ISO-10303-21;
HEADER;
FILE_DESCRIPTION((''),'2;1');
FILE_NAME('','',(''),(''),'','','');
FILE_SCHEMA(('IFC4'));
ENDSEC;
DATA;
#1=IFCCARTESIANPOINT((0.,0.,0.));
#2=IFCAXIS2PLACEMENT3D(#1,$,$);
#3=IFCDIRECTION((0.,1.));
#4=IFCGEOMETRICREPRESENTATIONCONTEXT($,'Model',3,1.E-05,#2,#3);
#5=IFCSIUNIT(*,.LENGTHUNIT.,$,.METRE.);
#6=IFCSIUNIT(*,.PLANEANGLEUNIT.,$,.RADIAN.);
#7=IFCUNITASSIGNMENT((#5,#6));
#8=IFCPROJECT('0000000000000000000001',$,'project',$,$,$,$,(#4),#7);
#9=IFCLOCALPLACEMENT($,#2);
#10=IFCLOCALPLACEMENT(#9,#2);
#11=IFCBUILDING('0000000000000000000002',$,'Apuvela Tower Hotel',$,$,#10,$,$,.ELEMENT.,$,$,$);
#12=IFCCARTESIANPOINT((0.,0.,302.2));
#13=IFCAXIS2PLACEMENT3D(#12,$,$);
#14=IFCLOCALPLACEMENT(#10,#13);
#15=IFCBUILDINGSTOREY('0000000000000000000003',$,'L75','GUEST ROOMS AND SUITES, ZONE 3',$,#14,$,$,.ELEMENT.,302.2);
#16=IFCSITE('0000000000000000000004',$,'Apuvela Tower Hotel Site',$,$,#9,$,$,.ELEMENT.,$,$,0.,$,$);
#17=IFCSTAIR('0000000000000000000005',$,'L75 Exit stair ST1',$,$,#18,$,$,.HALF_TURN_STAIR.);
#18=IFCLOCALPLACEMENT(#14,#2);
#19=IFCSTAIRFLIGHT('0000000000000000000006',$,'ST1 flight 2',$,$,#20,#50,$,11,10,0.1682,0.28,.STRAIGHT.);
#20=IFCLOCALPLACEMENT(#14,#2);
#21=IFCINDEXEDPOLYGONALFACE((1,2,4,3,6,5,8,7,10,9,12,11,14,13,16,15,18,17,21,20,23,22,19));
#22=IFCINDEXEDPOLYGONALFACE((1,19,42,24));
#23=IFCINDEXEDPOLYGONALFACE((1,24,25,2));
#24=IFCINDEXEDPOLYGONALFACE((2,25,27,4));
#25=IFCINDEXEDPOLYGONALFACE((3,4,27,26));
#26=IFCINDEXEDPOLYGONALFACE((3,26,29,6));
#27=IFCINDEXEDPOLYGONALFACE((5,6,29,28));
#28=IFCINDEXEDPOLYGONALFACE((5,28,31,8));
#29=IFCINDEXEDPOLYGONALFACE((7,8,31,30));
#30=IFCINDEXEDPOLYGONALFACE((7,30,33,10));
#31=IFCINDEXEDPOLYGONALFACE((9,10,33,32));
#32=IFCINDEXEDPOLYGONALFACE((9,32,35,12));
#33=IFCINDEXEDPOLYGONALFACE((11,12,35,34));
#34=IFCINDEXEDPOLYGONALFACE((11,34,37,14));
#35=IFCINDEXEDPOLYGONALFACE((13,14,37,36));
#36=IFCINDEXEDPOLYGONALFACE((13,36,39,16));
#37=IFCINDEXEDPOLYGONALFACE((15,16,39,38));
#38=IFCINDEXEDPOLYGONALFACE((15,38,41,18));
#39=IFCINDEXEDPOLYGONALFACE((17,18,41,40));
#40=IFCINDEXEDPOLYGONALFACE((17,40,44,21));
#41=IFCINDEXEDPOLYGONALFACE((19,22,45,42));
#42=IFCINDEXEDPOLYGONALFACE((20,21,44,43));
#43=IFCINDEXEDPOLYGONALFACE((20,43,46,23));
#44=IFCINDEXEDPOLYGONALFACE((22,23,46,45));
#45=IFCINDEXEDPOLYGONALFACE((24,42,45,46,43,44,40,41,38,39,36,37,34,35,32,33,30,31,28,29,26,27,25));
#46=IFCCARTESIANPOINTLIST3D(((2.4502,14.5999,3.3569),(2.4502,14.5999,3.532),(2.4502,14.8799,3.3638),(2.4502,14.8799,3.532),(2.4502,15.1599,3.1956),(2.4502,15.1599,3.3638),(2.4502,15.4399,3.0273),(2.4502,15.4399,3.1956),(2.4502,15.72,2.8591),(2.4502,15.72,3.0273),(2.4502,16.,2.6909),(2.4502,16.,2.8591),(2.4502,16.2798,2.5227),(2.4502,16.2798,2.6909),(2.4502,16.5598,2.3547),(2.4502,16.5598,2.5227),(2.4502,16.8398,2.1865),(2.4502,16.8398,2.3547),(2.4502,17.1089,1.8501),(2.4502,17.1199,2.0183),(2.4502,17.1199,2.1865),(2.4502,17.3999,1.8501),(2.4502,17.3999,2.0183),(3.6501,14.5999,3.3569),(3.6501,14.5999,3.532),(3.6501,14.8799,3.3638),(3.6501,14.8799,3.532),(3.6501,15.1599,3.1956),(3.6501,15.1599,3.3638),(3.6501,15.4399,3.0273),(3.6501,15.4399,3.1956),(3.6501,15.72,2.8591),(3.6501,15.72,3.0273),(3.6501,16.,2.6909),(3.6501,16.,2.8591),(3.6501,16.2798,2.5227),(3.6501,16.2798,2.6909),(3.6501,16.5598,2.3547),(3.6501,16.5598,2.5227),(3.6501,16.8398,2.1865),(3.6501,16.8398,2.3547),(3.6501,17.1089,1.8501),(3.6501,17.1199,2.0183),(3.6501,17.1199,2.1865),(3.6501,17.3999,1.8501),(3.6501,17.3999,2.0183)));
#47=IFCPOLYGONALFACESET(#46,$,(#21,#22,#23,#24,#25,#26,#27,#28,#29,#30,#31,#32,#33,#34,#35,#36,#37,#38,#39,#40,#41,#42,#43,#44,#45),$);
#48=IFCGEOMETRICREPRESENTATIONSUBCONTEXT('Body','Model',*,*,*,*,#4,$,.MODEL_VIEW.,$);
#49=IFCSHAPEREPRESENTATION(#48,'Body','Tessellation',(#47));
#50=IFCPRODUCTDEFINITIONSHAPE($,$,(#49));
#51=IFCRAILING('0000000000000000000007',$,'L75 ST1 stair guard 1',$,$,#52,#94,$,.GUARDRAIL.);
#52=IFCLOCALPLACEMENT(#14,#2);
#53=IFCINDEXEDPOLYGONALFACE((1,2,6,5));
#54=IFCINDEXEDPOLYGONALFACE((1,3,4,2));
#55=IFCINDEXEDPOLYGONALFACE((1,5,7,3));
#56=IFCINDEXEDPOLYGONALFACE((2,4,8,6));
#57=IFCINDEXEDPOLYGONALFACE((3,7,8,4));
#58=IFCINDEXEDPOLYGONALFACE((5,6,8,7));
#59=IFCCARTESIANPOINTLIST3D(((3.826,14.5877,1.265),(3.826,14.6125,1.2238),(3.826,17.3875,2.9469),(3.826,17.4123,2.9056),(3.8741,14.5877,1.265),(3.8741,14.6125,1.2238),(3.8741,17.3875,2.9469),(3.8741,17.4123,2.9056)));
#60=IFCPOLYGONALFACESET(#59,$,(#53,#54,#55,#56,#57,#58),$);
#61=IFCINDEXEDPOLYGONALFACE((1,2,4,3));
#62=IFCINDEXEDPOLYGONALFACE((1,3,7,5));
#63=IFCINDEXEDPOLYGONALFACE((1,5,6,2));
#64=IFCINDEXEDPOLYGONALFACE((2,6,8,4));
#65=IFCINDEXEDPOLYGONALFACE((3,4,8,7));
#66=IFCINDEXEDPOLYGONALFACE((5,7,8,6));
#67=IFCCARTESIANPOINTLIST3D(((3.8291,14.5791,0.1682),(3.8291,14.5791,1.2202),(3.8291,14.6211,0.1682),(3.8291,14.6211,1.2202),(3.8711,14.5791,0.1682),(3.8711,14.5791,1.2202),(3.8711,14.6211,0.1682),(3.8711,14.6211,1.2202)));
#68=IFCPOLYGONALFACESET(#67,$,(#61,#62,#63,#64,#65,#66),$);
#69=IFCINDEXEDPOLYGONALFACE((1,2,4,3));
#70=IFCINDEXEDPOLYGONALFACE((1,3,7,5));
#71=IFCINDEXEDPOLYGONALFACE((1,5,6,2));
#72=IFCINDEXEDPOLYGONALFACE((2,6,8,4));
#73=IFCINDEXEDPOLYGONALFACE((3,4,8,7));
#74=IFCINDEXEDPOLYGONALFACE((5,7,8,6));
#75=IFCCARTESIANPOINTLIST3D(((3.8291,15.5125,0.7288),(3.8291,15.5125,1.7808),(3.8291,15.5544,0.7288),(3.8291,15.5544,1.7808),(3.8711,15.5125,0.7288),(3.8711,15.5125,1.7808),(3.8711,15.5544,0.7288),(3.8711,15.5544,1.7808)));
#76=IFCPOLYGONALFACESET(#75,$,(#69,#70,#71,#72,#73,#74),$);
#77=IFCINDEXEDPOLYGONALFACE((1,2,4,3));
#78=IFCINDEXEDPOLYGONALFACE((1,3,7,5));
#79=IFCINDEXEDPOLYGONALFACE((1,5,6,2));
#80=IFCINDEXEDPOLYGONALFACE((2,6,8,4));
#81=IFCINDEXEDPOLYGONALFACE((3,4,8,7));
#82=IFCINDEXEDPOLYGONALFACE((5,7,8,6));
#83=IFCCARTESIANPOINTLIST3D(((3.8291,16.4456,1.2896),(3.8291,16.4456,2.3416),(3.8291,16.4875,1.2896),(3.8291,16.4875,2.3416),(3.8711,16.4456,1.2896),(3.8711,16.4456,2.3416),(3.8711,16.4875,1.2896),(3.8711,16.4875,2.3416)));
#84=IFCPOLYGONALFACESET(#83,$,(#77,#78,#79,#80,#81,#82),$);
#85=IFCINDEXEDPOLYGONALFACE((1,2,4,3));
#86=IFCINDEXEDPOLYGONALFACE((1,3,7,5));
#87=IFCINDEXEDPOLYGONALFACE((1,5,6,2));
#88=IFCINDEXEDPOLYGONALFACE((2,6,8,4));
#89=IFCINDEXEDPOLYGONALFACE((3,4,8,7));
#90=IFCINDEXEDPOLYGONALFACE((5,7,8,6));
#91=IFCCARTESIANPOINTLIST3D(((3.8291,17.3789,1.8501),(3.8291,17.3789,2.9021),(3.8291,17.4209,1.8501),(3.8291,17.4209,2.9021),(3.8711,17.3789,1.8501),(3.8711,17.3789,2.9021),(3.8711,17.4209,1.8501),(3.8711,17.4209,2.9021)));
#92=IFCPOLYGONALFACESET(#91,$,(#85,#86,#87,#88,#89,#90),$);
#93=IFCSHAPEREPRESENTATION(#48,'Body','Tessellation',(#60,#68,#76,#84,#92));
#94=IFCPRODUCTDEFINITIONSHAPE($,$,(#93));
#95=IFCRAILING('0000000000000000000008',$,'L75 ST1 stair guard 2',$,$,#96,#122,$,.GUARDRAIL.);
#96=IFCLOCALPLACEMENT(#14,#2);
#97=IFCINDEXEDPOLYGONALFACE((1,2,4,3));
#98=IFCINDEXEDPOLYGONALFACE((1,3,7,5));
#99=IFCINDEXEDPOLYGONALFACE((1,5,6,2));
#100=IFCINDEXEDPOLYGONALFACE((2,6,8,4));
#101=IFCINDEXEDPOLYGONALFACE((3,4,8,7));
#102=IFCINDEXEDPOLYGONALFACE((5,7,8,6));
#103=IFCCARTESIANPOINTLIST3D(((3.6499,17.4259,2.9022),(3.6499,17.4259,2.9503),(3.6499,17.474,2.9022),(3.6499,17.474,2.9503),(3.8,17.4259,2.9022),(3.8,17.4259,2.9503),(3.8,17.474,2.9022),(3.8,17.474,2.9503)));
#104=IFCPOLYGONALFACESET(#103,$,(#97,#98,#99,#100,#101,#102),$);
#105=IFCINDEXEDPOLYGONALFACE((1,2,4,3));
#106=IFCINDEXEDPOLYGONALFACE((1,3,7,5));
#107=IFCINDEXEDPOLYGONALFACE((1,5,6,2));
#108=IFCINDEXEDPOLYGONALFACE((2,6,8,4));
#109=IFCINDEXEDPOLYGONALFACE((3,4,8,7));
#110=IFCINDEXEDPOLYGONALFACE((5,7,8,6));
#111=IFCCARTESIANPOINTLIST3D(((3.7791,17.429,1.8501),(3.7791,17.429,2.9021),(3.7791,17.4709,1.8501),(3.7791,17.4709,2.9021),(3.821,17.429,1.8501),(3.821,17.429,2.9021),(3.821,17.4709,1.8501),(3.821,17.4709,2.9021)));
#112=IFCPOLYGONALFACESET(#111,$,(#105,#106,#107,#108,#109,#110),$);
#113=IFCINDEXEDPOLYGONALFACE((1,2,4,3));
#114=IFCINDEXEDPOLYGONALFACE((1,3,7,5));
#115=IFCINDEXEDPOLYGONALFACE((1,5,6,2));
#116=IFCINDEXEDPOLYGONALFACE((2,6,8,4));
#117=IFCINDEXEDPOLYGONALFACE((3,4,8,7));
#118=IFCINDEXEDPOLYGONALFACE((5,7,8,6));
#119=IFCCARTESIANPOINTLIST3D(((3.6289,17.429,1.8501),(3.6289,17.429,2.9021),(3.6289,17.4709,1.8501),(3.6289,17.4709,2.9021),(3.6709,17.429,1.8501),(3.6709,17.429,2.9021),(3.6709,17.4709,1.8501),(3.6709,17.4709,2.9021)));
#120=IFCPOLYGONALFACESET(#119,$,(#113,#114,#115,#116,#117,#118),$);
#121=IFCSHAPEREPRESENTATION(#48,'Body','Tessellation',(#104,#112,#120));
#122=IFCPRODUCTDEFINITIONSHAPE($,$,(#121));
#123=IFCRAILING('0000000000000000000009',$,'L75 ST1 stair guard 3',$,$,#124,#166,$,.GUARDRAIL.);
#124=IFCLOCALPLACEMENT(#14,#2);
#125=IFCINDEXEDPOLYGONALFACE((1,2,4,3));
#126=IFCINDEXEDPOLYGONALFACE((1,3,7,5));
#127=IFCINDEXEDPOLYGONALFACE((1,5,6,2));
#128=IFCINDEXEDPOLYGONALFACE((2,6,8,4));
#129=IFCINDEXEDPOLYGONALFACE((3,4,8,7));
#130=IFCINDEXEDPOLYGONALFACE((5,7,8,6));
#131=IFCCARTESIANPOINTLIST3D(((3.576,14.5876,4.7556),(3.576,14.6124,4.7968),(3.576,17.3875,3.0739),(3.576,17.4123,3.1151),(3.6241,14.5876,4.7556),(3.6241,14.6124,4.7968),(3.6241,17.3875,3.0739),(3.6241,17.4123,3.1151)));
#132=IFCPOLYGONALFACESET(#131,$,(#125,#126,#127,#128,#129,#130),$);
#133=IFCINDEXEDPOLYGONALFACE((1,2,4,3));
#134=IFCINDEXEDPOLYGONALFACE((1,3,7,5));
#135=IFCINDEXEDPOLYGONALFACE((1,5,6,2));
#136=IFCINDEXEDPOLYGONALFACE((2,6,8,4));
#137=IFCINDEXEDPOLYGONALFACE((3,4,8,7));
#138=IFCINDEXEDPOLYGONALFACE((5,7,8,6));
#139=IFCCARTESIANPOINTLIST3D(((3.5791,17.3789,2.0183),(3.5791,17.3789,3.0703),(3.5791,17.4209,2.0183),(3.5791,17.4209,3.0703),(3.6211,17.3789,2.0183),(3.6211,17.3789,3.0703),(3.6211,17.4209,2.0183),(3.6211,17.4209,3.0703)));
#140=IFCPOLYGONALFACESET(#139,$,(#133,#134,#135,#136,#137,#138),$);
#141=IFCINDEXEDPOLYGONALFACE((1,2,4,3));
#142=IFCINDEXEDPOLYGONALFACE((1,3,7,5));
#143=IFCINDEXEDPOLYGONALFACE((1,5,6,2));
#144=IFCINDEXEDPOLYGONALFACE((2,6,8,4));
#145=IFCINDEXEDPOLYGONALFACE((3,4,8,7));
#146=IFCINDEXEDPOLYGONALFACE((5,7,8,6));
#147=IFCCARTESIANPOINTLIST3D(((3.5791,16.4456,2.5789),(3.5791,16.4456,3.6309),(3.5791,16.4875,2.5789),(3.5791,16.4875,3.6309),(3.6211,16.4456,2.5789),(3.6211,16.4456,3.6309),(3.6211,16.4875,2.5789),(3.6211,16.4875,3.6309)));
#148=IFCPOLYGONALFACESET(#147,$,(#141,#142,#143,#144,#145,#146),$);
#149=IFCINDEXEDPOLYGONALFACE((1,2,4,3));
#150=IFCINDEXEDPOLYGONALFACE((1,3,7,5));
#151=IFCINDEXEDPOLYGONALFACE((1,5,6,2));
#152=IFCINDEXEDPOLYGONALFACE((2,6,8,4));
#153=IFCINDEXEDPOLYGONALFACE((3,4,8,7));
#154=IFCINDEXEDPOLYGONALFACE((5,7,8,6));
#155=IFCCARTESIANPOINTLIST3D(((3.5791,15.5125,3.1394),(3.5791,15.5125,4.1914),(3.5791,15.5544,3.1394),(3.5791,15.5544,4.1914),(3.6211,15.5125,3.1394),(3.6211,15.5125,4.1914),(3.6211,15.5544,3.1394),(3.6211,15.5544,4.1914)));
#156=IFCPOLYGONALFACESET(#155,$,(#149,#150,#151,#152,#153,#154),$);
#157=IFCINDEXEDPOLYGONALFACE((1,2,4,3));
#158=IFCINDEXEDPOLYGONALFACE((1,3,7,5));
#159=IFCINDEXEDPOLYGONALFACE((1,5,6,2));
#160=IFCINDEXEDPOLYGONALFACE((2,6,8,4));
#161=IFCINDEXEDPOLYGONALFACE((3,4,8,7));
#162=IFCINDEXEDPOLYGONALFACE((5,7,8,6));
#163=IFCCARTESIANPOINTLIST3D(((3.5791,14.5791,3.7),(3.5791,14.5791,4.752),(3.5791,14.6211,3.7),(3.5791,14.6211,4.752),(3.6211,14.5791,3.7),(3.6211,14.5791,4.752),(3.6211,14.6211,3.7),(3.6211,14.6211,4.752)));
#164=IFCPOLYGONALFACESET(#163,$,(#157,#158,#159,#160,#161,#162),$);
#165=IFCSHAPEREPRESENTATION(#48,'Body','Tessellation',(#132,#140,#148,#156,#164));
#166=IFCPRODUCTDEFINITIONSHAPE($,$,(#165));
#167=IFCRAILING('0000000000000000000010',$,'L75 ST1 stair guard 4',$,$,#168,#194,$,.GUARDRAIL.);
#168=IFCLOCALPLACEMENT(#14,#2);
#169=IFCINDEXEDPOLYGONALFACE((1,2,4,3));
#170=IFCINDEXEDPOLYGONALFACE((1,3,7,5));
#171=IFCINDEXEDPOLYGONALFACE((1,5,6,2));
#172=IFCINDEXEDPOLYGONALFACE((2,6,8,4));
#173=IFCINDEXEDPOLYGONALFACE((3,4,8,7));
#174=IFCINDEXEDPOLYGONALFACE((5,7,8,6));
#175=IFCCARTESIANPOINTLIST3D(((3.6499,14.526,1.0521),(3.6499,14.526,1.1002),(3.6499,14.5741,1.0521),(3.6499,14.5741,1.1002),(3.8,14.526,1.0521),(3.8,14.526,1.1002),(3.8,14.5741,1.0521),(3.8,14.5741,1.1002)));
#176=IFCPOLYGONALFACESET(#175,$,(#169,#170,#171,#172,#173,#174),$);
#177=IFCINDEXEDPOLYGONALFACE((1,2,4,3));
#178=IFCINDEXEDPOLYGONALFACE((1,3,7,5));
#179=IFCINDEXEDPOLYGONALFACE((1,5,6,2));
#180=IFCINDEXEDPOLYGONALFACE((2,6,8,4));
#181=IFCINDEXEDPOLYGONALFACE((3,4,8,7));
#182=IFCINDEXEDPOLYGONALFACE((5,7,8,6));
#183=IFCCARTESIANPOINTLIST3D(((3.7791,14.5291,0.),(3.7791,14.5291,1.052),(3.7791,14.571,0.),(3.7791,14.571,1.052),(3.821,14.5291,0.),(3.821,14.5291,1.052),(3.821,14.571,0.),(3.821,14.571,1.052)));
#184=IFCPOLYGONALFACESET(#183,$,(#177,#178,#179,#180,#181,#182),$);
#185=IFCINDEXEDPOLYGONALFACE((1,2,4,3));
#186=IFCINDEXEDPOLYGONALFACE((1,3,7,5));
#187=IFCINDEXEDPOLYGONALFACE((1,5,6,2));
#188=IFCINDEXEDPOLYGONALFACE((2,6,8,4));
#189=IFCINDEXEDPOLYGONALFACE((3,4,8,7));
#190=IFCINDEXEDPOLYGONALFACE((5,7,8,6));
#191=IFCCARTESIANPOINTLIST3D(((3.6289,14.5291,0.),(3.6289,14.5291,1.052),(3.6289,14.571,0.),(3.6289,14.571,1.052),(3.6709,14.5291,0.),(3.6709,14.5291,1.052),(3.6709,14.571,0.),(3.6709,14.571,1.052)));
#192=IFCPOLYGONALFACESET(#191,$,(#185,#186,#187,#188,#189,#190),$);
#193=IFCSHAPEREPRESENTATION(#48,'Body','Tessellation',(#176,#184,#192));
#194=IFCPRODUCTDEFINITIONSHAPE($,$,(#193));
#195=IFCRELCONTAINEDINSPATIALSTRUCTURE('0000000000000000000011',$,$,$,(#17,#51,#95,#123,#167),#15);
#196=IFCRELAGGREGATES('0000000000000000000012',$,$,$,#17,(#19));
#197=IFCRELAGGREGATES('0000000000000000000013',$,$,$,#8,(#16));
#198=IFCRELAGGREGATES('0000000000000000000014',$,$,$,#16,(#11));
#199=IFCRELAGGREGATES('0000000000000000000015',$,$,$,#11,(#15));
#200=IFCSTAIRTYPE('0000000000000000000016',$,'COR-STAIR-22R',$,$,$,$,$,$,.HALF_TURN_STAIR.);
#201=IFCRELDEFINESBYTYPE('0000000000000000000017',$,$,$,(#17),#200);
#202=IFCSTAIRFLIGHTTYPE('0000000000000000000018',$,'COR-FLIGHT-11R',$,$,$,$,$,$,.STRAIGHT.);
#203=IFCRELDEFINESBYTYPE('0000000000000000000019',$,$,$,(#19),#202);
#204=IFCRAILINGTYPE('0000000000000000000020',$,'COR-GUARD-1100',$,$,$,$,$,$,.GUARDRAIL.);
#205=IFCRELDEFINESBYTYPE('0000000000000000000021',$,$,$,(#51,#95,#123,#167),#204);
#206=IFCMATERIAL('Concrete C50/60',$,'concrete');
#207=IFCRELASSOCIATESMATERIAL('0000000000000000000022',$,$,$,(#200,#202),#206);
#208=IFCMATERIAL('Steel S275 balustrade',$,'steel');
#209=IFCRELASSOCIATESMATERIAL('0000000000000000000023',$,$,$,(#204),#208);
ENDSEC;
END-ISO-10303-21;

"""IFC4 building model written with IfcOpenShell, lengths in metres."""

from ifc_helpers import new_model, si_unit, direction, frame, origin, origin_2d, place, context, subcontext, project, spatial, polyline, rectangle, outline, extrude, material, type_object, element, aggregate, save


model = new_model("IFC4")

# Units and contexts
model_context = context("Model", 3, precision=1e-05, world=origin(), true_north=direction((0.0, 1.0)))
body_context = subcontext(model_context, "Body", "Model", "MODEL_VIEW")
ifc_project = project(units=[si_unit("LENGTHUNIT", "METRE"), si_unit("PLANEANGLEUNIT", "RADIAN")], contexts=[model_context])

# Site, building, storey
site_placement = place(None, origin())
site = spatial("IfcSite", under=ifc_project, at=site_placement, Name="Apuvela Tower Hotel Site", CompositionType="ELEMENT", RefElevation=0.0)
building_placement = place(site_placement, origin())
building = spatial("IfcBuilding", under=site, at=building_placement, Name="Apuvela Tower Hotel", CompositionType="ELEMENT")
storey_placement = place(building_placement, frame((0.0, 0.0, 302.2)))
storey = spatial("IfcBuildingStorey", under=building, at=storey_placement, Name="L75", Description="GUEST ROOMS AND SUITES, ZONE 3", CompositionType="ELEMENT", Elevation=302.2)

# Shared definitions
ifc_material_1 = material(Name="Concrete C50/60", Category="concrete")

# Stair, stair flight
stair_type = type_object("IfcStairType", Name="COR-STAIR-22R", PredefinedType="HALF_TURN_STAIR", material=ifc_material_1)
stair_placement = place(storey_placement, origin())
stair = element("IfcStair", 1, at=stair_placement, inside=storey, type_object=stair_type, Name="L75 Exit stair ST1", PredefinedType="HALF_TURN_STAIR")
stair_flight_type = type_object("IfcStairFlightType", Name="COR-FLIGHT-11R", PredefinedType="STRAIGHT", material=ifc_material_1)
stair_flight_1_placement = place(storey_placement, frame((3.05, 17.3999, 1.8501), z_axis=(0.0, 0.0, 1.0), x_axis=(0.0, -1.0, 0.0)))
stair_flight_1 = element("IfcStairFlight", 2, at=stair_flight_1_placement, type_object=stair_flight_type, Name="ST1 flight 2", NumberOfRisers=11, NumberOfTreads=10, PredefinedType="STRAIGHT", RiserHeight=0.1682, TreadLength=0.28, context=body_context, shape_type="SweptSolid", body=[
    extrude(outline(polyline([(0.0, 0.0), (0.0, 0.1682), (0.28, 0.1682), (0.28, 0.3364), (0.5601, 0.3364), (0.5601, 0.5046), (0.8401, 0.5046), (0.8401, 0.6726), (1.1201, 0.6726), (1.1201, 0.8408), (1.3999, 0.8408), (1.3999, 1.009), (1.6799, 1.009), (1.6799, 1.1772), (1.96, 1.1772), (1.96, 1.3455), (2.24, 1.3455), (2.24, 1.5137), (2.52, 1.5137), (2.52, 1.6819), (2.8, 1.6819), (2.8, 1.8501), (2.8, 1.5068), (0.291, 0.0), (0.0, 0.0)])), frame((0.0, 0.6001, 0.0), z_axis=(0.0, -1.0, 0.0), x_axis=(1.0, 0.0, 0.0)), (0.0, 0.0, 1.0), 1.2),
])
aggregate(stair, [stair_flight_1])

# Railings
ifc_material_2 = material(Name="Steel S275 balustrade", Category="steel")
railing_type_1 = type_object("IfcRailingType", Name="COR-GUARD-1100", PredefinedType="GUARDRAIL", material=ifc_material_2)
railing_1_placement = place(storey_placement, frame((3.8501, 14.6001, 0.1682)))
element("IfcRailing", 3, at=railing_1_placement, inside=storey, type_object=railing_type_1, Name="L75 ST1 stair guard 1", PredefinedType="GUARDRAIL", context=body_context, shape_type="SweptSolid", body=[
    extrude(rectangle(XDim=0.0481, YDim=0.0481, at=origin_2d()), frame((0.0, 0.0, 1.0762), z_axis=(0.0, 0.857222, 0.514946), x_axis=(-1.0, 0.0, 0.0)), (0.0, 0.0, 1.0), 3.2661),
    extrude(rectangle(XDim=0.042, YDim=0.042, at=origin_2d()), origin(), (0.0, 0.0, 1.0), 1.052),
    extrude(rectangle(XDim=0.042, YDim=0.042, at=origin_2d()), frame((0.0, 0.9333, 0.5605)), (0.0, 0.0, 1.0), 1.052),
    extrude(rectangle(XDim=0.042, YDim=0.042, at=origin_2d()), frame((0.0, 1.8665, 1.1213)), (0.0, 0.0, 1.0), 1.052),
    extrude(rectangle(XDim=0.042, YDim=0.042, at=origin_2d()), frame((0.0, 2.7998, 1.6819)), (0.0, 0.0, 1.0), 1.052),
])
railing_2_placement = place(storey_placement, frame((3.8, 17.45, 1.8501)))
element("IfcRailing", 4, at=railing_2_placement, inside=storey, type_object=railing_type_1, Name="L75 ST1 stair guard 2", PredefinedType="GUARDRAIL", context=body_context, shape_type="SweptSolid", body=[
    extrude(rectangle(XDim=0.0481, YDim=0.0481, at=origin_2d()), frame((0.0, 0.0, 1.0762), z_axis=(-1.0, 0.0, 0.0), x_axis=(0.0, -1.0, 0.0)), (0.0, 0.0, 1.0), 0.1501),
    extrude(rectangle(XDim=0.042, YDim=0.042, at=origin_2d()), origin(), (0.0, 0.0, 1.0), 1.052),
    extrude(rectangle(XDim=0.042, YDim=0.042, at=origin_2d()), frame((-0.1501, 0.0, 0.0)), (0.0, 0.0, 1.0), 1.052),
])
railing_3_placement = place(storey_placement, frame((3.6001, 17.3999, 2.0183)))
element("IfcRailing", 5, at=railing_3_placement, inside=storey, type_object=railing_type_1, Name="L75 ST1 stair guard 3", PredefinedType="GUARDRAIL", context=body_context, shape_type="SweptSolid", body=[
    extrude(rectangle(XDim=0.0481, YDim=0.0481, at=origin_2d()), frame((0.0, 0.0, 1.0762), z_axis=(0.0, -0.857255, 0.514891), x_axis=(1.0, 0.0, 0.0)), (0.0, 0.0, 1.0), 3.2661),
    extrude(rectangle(XDim=0.042, YDim=0.042, at=origin_2d()), origin(), (0.0, 0.0, 1.0), 1.052),
    extrude(rectangle(XDim=0.042, YDim=0.042, at=origin_2d()), frame((0.0, -0.9333, 0.5605)), (0.0, 0.0, 1.0), 1.052),
    extrude(rectangle(XDim=0.042, YDim=0.042, at=origin_2d()), frame((0.0, -1.8665, 1.1211)), (0.0, 0.0, 1.0), 1.052),
    extrude(rectangle(XDim=0.042, YDim=0.042, at=origin_2d()), frame((0.0, -2.7998, 1.6816)), (0.0, 0.0, 1.0), 1.052),
])
railing_4_placement = place(storey_placement, frame((3.8, 14.55, 0.0)))
element("IfcRailing", 6, at=railing_4_placement, inside=storey, type_object=railing_type_1, Name="L75 ST1 stair guard 4", PredefinedType="GUARDRAIL", context=body_context, shape_type="SweptSolid", body=[
    extrude(rectangle(XDim=0.0481, YDim=0.0481, at=origin_2d()), frame((0.0, 0.0, 1.0762), z_axis=(-1.0, 0.0, 0.0), x_axis=(0.0, -1.0, 0.0)), (0.0, 0.0, 1.0), 0.1501),
    extrude(rectangle(XDim=0.042, YDim=0.042, at=origin_2d()), origin(), (0.0, 0.0, 1.0), 1.052),
    extrude(rectangle(XDim=0.042, YDim=0.042, at=origin_2d()), frame((-0.1501, 0.0, 0.0)), (0.0, 0.0, 1.0), 1.052),
])

save(model, "model.ifc")
